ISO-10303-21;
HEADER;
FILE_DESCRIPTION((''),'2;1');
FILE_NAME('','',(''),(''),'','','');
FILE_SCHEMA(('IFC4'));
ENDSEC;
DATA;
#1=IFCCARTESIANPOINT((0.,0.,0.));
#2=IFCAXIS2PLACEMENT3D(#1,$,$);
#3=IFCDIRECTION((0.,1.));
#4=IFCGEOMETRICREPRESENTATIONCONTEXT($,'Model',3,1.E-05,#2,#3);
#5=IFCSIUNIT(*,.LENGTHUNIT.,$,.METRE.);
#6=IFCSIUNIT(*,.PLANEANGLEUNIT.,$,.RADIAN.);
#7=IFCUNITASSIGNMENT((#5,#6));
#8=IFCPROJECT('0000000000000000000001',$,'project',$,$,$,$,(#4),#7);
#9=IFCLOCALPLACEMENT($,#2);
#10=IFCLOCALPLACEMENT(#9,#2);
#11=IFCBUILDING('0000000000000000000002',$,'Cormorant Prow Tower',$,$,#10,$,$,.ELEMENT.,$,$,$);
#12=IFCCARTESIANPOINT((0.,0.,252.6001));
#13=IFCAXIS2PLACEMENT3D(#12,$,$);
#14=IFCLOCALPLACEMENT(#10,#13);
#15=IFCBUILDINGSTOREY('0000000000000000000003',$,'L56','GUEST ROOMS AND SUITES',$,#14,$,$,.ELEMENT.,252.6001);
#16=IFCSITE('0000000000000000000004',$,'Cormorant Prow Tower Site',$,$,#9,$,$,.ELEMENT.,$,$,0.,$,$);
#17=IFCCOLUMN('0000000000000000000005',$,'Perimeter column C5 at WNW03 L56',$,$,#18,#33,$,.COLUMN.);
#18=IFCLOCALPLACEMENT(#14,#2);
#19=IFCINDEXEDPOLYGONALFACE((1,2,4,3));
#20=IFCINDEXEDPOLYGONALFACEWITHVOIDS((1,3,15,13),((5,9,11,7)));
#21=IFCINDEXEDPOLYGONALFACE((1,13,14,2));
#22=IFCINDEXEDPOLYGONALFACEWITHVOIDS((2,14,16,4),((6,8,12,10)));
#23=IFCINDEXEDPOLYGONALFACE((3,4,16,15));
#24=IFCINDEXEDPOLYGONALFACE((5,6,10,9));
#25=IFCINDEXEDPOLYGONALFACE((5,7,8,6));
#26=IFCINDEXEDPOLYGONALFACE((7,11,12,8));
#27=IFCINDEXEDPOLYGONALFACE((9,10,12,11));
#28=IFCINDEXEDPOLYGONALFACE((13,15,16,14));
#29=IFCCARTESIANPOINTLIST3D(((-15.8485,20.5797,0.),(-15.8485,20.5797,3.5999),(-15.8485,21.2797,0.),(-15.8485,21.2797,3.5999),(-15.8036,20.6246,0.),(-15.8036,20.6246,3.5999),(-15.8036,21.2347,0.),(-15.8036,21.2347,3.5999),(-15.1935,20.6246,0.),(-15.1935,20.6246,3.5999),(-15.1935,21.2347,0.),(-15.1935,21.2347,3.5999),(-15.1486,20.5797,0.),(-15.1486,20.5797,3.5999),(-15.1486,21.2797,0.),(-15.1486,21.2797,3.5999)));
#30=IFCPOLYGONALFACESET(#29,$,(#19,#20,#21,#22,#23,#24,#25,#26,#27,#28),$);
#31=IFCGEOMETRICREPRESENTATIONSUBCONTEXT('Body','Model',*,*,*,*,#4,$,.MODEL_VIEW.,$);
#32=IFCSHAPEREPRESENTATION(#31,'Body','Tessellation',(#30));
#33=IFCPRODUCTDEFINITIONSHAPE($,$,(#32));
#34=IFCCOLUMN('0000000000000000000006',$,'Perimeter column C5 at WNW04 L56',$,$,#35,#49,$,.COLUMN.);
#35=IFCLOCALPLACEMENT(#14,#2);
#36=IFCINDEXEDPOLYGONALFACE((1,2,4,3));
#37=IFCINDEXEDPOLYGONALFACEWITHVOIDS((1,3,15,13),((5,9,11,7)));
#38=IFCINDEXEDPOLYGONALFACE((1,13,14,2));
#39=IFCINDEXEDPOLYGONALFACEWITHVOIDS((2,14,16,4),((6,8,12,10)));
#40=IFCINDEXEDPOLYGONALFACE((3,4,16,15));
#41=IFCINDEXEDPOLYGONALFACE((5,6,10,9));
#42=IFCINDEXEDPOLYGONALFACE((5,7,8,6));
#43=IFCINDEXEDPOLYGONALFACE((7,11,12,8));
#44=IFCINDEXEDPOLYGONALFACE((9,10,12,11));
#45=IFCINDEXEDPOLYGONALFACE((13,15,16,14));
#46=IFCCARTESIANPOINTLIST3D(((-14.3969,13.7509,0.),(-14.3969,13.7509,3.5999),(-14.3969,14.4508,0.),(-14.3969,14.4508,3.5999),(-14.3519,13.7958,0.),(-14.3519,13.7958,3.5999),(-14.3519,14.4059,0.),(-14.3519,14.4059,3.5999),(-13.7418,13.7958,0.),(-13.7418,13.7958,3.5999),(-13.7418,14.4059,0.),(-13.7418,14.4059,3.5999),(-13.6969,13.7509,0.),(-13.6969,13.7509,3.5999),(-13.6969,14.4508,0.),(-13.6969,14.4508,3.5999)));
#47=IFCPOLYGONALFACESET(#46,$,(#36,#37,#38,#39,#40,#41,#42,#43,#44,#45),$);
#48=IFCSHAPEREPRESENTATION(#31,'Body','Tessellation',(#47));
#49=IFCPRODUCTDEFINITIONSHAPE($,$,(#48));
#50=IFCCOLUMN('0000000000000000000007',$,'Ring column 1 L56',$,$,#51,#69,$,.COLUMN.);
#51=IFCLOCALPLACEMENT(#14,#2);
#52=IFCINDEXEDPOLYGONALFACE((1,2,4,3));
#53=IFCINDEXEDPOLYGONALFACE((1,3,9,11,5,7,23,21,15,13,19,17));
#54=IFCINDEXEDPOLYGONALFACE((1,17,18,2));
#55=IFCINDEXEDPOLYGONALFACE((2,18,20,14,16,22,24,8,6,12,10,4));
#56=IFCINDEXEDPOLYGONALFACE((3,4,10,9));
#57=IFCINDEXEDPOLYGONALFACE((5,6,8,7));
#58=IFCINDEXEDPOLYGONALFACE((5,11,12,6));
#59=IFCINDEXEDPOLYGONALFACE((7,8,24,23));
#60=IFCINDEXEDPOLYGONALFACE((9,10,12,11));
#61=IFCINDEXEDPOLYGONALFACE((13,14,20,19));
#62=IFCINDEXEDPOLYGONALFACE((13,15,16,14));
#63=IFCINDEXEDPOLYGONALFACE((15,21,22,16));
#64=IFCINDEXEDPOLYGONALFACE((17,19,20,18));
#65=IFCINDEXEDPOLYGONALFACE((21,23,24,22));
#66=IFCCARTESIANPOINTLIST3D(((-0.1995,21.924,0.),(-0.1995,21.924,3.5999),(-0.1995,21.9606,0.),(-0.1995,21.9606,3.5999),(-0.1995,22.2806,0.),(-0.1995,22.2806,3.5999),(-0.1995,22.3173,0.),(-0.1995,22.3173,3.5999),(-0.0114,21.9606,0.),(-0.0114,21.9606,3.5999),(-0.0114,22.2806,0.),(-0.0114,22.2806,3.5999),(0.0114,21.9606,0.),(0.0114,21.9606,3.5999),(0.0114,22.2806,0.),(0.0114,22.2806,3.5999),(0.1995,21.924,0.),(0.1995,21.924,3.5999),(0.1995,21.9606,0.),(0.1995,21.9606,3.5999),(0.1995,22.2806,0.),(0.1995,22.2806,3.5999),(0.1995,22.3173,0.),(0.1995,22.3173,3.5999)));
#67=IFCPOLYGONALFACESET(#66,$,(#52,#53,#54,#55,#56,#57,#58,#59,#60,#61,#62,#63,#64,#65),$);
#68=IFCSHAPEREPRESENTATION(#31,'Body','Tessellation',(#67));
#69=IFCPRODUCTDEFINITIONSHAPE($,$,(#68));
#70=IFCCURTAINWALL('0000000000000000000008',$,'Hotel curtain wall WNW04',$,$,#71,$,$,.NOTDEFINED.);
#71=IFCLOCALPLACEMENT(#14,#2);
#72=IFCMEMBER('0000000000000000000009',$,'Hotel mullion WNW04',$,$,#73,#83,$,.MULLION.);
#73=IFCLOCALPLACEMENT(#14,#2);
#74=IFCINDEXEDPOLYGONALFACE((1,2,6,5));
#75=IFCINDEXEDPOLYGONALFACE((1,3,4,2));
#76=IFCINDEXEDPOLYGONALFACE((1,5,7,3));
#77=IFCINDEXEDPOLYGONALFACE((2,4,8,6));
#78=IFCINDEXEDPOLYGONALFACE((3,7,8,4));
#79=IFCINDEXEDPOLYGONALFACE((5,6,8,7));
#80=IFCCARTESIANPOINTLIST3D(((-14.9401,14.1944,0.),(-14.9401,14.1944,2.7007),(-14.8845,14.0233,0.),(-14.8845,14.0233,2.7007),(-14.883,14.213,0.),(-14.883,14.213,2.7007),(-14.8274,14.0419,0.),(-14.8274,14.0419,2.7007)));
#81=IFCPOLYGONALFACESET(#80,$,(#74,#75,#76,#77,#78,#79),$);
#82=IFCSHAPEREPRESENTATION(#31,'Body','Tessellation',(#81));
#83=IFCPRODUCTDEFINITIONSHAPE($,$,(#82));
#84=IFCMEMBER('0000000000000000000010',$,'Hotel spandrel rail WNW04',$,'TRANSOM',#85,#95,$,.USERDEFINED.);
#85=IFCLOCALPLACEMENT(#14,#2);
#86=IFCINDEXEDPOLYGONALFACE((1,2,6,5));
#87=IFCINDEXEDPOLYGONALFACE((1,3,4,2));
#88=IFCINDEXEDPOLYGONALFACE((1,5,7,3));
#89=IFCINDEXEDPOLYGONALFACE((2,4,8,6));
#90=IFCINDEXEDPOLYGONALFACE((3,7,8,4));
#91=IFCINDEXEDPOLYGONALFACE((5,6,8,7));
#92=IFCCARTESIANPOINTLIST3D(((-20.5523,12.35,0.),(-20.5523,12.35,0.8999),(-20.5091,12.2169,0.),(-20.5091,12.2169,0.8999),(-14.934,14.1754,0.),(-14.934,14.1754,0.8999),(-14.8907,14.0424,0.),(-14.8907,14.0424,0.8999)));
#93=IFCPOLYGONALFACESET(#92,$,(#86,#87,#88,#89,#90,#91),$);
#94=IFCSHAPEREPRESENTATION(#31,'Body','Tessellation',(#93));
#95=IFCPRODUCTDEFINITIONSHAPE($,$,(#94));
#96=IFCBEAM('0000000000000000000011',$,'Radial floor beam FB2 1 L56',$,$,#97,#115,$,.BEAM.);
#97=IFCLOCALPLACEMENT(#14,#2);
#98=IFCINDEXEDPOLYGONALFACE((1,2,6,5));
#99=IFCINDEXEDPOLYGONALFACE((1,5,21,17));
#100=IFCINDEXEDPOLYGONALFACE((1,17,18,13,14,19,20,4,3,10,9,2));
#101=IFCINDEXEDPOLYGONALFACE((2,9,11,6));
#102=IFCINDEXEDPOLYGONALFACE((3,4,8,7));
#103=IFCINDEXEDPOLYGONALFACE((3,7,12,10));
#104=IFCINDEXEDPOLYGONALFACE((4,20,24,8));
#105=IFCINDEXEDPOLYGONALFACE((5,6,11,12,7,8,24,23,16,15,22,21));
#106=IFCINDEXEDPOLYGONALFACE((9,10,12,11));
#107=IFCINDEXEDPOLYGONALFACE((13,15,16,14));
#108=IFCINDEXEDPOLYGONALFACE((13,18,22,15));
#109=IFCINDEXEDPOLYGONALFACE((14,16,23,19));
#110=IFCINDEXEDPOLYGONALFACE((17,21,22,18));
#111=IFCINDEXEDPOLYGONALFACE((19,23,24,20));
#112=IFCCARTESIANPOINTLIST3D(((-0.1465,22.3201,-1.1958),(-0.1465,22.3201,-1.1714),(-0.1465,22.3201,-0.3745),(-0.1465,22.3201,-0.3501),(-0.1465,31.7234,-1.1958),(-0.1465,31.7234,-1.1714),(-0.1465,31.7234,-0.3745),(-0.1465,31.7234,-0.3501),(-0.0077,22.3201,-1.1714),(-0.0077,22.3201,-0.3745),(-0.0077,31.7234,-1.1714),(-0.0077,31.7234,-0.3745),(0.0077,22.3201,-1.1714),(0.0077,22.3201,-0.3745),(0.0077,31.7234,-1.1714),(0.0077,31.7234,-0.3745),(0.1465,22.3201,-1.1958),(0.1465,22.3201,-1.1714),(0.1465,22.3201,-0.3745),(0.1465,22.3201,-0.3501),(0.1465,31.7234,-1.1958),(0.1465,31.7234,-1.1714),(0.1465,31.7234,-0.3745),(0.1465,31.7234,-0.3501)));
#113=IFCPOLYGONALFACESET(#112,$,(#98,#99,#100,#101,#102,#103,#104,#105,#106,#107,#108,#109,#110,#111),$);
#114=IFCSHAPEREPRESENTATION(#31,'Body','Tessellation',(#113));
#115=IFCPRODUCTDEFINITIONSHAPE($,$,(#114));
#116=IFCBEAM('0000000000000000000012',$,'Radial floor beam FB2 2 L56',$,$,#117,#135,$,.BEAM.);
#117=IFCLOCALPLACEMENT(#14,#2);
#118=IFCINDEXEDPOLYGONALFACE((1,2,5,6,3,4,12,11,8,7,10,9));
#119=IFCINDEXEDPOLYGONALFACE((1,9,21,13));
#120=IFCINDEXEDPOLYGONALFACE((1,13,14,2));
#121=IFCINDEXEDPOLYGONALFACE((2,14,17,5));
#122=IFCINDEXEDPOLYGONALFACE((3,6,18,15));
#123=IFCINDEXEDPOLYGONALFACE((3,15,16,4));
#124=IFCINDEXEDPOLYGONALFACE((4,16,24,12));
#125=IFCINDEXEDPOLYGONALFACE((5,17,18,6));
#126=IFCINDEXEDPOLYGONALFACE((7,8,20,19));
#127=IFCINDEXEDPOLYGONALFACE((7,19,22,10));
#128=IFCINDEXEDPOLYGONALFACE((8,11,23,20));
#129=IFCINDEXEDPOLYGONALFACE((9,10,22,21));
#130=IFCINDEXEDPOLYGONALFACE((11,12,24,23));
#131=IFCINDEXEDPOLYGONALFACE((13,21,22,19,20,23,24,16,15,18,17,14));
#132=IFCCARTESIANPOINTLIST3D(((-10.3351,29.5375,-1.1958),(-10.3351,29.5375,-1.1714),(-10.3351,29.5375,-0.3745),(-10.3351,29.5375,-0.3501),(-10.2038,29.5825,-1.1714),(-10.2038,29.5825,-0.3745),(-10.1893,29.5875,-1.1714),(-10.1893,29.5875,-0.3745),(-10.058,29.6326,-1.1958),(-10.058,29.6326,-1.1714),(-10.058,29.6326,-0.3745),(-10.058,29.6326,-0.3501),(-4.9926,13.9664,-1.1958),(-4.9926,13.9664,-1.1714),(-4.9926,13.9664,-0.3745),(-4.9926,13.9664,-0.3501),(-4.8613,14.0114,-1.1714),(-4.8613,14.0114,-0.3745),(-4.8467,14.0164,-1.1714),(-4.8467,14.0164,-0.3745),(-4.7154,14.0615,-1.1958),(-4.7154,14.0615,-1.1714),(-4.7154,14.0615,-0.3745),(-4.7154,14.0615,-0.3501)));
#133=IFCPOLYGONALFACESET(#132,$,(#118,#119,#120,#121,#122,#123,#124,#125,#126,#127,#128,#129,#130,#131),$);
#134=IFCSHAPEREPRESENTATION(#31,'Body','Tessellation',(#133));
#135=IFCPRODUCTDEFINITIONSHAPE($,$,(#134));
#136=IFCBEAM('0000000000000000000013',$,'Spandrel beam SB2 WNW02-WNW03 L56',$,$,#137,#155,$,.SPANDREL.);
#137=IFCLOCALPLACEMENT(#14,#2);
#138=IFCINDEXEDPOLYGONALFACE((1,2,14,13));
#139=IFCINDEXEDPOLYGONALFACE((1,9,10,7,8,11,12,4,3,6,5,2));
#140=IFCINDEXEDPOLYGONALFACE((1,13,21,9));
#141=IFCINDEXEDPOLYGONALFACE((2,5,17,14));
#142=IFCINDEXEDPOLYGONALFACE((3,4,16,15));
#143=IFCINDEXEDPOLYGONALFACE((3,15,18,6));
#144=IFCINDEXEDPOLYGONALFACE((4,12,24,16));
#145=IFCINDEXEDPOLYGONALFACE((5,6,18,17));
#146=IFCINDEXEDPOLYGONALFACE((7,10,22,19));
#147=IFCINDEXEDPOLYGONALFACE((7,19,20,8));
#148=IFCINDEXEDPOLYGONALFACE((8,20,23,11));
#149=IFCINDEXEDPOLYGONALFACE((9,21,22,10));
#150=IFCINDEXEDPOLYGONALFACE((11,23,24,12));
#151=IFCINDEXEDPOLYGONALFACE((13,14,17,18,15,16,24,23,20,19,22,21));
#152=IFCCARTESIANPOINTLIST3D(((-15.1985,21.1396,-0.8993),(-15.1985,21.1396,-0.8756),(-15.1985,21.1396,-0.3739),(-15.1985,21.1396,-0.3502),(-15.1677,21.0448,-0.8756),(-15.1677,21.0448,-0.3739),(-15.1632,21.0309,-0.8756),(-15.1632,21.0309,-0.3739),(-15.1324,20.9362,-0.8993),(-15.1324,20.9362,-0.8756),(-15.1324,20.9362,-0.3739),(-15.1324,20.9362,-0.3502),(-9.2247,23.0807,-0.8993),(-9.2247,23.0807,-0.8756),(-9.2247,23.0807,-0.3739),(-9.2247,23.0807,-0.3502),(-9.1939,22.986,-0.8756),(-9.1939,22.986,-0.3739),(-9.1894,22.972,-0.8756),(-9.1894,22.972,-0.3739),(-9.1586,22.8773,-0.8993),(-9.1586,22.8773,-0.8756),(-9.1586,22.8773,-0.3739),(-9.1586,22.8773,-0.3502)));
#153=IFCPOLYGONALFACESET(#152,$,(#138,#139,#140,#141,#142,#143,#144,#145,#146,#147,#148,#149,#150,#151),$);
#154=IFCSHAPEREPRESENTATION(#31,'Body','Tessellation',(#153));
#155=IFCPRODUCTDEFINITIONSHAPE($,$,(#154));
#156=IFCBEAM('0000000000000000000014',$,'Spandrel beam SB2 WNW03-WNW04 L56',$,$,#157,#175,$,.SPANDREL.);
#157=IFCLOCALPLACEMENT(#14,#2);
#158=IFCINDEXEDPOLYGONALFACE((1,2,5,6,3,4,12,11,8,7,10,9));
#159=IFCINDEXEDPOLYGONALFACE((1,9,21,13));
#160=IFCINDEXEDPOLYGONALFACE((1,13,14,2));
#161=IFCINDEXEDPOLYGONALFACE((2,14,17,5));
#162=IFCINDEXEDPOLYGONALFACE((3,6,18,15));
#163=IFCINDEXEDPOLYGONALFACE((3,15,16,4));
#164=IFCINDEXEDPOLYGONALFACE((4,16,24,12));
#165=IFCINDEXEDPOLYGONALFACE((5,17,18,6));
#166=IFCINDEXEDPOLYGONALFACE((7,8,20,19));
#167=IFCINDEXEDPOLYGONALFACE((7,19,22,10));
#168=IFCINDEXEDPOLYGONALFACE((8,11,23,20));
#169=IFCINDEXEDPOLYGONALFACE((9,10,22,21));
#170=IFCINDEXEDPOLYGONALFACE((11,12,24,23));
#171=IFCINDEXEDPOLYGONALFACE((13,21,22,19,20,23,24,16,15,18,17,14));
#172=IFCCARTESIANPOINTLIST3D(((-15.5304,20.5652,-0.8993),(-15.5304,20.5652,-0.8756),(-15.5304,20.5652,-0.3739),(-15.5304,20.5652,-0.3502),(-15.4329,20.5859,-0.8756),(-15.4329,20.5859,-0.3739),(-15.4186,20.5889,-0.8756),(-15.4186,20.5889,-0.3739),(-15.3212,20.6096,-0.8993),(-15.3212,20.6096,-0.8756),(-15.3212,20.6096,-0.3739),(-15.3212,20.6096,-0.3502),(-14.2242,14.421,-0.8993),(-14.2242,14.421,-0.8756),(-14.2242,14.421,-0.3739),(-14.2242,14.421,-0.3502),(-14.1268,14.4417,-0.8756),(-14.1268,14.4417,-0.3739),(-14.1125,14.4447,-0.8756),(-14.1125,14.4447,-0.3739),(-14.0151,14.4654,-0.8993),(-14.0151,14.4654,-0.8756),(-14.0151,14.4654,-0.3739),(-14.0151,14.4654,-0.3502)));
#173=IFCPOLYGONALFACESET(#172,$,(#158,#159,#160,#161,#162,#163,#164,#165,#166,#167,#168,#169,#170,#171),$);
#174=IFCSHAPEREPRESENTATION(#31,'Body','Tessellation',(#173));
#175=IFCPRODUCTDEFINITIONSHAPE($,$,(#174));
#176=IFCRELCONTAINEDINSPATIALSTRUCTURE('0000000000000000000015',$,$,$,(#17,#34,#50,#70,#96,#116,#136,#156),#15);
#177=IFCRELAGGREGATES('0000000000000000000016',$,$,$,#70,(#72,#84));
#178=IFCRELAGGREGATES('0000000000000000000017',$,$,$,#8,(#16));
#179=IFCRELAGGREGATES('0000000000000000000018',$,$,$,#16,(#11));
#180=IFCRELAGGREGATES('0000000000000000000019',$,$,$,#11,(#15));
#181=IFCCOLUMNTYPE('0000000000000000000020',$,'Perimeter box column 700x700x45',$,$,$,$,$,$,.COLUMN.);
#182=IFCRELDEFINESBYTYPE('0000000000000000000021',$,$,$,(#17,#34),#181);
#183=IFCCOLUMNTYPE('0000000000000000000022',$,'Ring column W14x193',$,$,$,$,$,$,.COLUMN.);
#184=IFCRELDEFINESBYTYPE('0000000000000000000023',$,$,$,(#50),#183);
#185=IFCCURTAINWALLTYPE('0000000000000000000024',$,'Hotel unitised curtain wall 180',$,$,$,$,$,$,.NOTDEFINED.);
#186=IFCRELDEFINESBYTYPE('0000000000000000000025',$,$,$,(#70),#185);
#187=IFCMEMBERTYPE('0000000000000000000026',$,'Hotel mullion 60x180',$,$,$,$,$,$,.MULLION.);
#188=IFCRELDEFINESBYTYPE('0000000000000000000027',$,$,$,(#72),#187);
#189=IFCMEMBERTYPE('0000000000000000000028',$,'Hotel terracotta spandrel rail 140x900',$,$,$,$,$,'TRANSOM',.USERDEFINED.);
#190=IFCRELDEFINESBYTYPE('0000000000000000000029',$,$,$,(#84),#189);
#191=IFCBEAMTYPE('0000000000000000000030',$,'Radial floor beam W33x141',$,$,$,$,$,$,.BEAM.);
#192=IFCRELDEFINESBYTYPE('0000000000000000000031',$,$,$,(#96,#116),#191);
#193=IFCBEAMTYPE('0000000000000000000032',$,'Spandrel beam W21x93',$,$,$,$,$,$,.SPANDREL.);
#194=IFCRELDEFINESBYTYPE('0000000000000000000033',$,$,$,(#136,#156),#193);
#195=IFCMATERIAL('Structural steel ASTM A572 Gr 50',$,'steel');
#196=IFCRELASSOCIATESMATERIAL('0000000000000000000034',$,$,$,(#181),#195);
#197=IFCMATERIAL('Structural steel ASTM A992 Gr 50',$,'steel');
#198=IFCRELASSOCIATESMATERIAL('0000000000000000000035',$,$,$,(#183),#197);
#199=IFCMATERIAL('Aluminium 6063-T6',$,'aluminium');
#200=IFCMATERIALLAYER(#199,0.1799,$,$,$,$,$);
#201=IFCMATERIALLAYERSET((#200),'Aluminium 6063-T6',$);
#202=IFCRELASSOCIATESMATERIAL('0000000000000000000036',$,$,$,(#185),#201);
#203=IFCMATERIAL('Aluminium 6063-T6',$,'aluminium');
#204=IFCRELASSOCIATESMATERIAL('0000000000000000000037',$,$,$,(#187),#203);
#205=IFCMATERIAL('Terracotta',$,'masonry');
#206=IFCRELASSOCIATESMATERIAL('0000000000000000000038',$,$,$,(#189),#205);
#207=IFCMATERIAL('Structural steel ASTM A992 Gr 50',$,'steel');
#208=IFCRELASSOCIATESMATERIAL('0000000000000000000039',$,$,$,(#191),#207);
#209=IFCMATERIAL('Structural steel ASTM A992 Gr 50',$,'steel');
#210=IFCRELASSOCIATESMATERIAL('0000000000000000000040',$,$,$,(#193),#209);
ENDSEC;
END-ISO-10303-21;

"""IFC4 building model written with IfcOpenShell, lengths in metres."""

from ifc_helpers import new_model, si_unit, direction, frame, origin, origin_2d, place, context, subcontext, project, spatial, rectangle, hollow_rectangle, i_section, extrude, material, layer, layer_set, material_profile, profile_set, type_object, element, aggregate, save


model = new_model("IFC4")

# Units and contexts
model_context = context("Model", 3, precision=1e-05, world=origin(), true_north=direction((0.0, 1.0)))
body_context = subcontext(model_context, "Body", "Model", "MODEL_VIEW")
ifc_project = project(units=[si_unit("LENGTHUNIT", "METRE"), si_unit("PLANEANGLEUNIT", "RADIAN")], contexts=[model_context])

# Site, building, storey
site_placement = place(None, origin())
site = spatial("IfcSite", under=ifc_project, at=site_placement, Name="Cormorant Prow Tower Site", CompositionType="ELEMENT", RefElevation=0.0)
building_placement = place(site_placement, origin())
building = spatial("IfcBuilding", under=site, at=building_placement, Name="Cormorant Prow Tower", CompositionType="ELEMENT")
storey_placement = place(building_placement, frame((0.0, 0.0, 252.6001)))
storey = spatial("IfcBuildingStorey", under=building, at=storey_placement, Name="L56", Description="GUEST ROOMS AND SUITES", CompositionType="ELEMENT", Elevation=252.6001)

# Columns
ifc_material_1 = material(Name="Structural steel ASTM A572 Gr 50", Category="steel")
ifc_material_profile_1 = material_profile(ifc_material_1, hollow_rectangle(XDim=0.7, YDim=0.7, WallThickness=0.0449, at=origin_2d()), Name="Box 700x700x45")
ifc_profile_set_1 = profile_set([ifc_material_profile_1], Name="Structural steel ASTM A572 Gr 50")
column_type_1 = type_object("IfcColumnType", Name="Perimeter box column 700x700x45", PredefinedType="COLUMN", material=ifc_profile_set_1)
for number, where, z_axis, x_axis, name in (
    (1, (-15.4985, 20.9297, 0.0), (0.0, 0.0, 1.0), (1.0, 0.0, 0.0), "Perimeter column C5 at WNW03 L56"),
    (2, (-14.0469, 14.1008, 0.0), (0.0, 0.0, 1.0), (1.0, 0.0, 0.0), "Perimeter column C5 at WNW04 L56"),
):
    element("IfcColumn", number, at=place(storey_placement, frame(where, z_axis=z_axis, x_axis=x_axis)), inside=storey, type_object=column_type_1, Name=name, PredefinedType="COLUMN", context=body_context, shape_type="SweptSolid", body=[
        extrude(hollow_rectangle(XDim=0.7, YDim=0.7, WallThickness=0.0449, at=origin_2d()), origin(), (0.0, 0.0, 1.0), 3.5999),
    ])
ifc_material_2 = material(Name="Structural steel ASTM A992 Gr 50", Category="steel")
ifc_material_profile_2 = material_profile(ifc_material_2, i_section(OverallWidth=0.3989, OverallDepth=0.3933, WebThickness=0.0227, FlangeThickness=0.0366, at=origin_2d()), Name="W14x193")
ifc_profile_set_2 = profile_set([ifc_material_profile_2], Name="Structural steel ASTM A992 Gr 50")
column_type_2 = type_object("IfcColumnType", Name="Ring column W14x193", PredefinedType="COLUMN", material=ifc_profile_set_2)
column_placement = place(storey_placement, frame((0.0, 22.1206, 0.0), z_axis=(0.0, 0.0, 1.0), x_axis=(1.0, 0.0, 0.0)))
element("IfcColumn", 3, at=column_placement, inside=storey, type_object=column_type_2, Name="Ring column 1 L56", PredefinedType="COLUMN", context=body_context, shape_type="SweptSolid", body=[
    extrude(i_section(OverallWidth=0.3989, OverallDepth=0.3933, WebThickness=0.0227, FlangeThickness=0.0366, at=origin_2d()), origin(), (0.0, 0.0, 1.0), 3.5999),
])

# Curtain wall, members
ifc_material_3 = material(Name="Aluminium 6063-T6", Category="aluminium")
ifc_layer_1 = layer(ifc_material_3, 0.1799)
ifc_layer_set_1 = layer_set([ifc_layer_1], Name="Aluminium 6063-T6")
curtain_wall_type = type_object("IfcCurtainWallType", Name="Hotel unitised curtain wall 180", PredefinedType="NOTDEFINED", material=ifc_layer_set_1)
curtain_wall_1_placement = place(storey_placement, origin())
curtain_wall_1 = element("IfcCurtainWall", 4, at=curtain_wall_1_placement, inside=storey, type_object=curtain_wall_type, Name="Hotel curtain wall WNW04", PredefinedType="NOTDEFINED")
ifc_material_4 = material(Name="Aluminium 6063-T6", Category="aluminium")
ifc_material_profile_3 = material_profile(ifc_material_4, rectangle(XDim=0.1799, YDim=0.0601, at=origin_2d()), Name="Hotel mullion 60x180")
ifc_profile_set_3 = profile_set([ifc_material_profile_3], Name="Aluminium 6063-T6")
member_type_1 = type_object("IfcMemberType", Name="Hotel mullion 60x180", PredefinedType="MULLION", material=ifc_profile_set_3)
member_1_placement = place(storey_placement, frame((-14.8838, 14.1182, 0.0), z_axis=(0.0, 0.0, 1.0), x_axis=(0.309017, -0.951056, 0.0)))
member_1 = element("IfcMember", 5, at=member_1_placement, type_object=member_type_1, Name="Hotel mullion WNW04", PredefinedType="MULLION", context=body_context, shape_type="SweptSolid", body=[
    extrude(rectangle(XDim=0.1799, YDim=0.0601, at=origin_2d()), origin(), (0.0, 0.0, 1.0), 2.7007),
])
ifc_material_5 = material(Name="Terracotta", Category="masonry")
ifc_material_profile_4 = material_profile(ifc_material_5, rectangle(XDim=0.1399, YDim=0.8999, at=origin_2d()), Name="Hotel terracotta spandrel rail 140x900")
ifc_profile_set_4 = profile_set([ifc_material_profile_4], Name="Terracotta")
member_type_2 = type_object("IfcMemberType", Name="Hotel terracotta spandrel rail 140x900", ElementType="TRANSOM", PredefinedType="USERDEFINED", material=ifc_profile_set_4)
member_2_placement = place(storey_placement, frame((-14.9124, 14.1089, 0.45), z_axis=(-0.951061, -0.309003, 0.0), x_axis=(0.309003, -0.951061, 0.0)))
member_2 = element("IfcMember", 6, at=member_2_placement, type_object=member_type_2, Name="Hotel spandrel rail WNW04", ObjectType="TRANSOM", PredefinedType="USERDEFINED", context=body_context, shape_type="SweptSolid", body=[
    extrude(rectangle(XDim=0.1399, YDim=0.8999, at=origin_2d()), origin(), (0.0, 0.0, 1.0), 5.9075),
])
aggregate(curtain_wall_1, [member_1, member_2])

# Beams
ifc_material_6 = material(Name="Structural steel ASTM A992 Gr 50", Category="steel")
ifc_material_profile_5 = material_profile(ifc_material_6, i_section(OverallWidth=0.293, OverallDepth=0.8457, WebThickness=0.0154, FlangeThickness=0.0244, at=origin_2d()), Name="W33x141")
ifc_profile_set_5 = profile_set([ifc_material_profile_5], Name="Structural steel ASTM A992 Gr 50")
beam_type_1 = type_object("IfcBeamType", Name="Radial floor beam W33x141", PredefinedType="BEAM", material=ifc_profile_set_5)
beam_1_placement = place(storey_placement, frame((0.0, 22.3201, -0.7729), z_axis=(0.0, 1.0, 0.0), x_axis=(-1.0, 0.0, 0.0)))
element("IfcBeam", 7, at=beam_1_placement, inside=storey, type_object=beam_type_1, Name="Radial floor beam FB2 1 L56", PredefinedType="BEAM", context=body_context, shape_type="SweptSolid", body=[
    extrude(i_section(OverallWidth=0.293, OverallDepth=0.8457, WebThickness=0.0154, FlangeThickness=0.0244, at=origin_2d()), origin(), (0.0, 0.0, 1.0), 9.4033),
])
beam_2_placement = place(storey_placement, frame((-4.854, 14.0139, -0.7729), z_axis=(-0.324536, 0.945874, 0.0), x_axis=(-0.945874, -0.324536, 0.0)))
element("IfcBeam", 8, at=beam_2_placement, inside=storey, type_object=beam_type_1, Name="Radial floor beam FB2 2 L56", PredefinedType="BEAM", context=body_context, shape_type="SweptSolid", body=[
    extrude(i_section(OverallWidth=0.293, OverallDepth=0.8457, WebThickness=0.0154, FlangeThickness=0.0244, at=origin_2d()), origin(), (0.0, 0.0, 1.0), 16.4622),
])
ifc_material_7 = material(Name="Structural steel ASTM A992 Gr 50", Category="steel")
ifc_material_profile_6 = material_profile(ifc_material_7, i_section(OverallWidth=0.2139, OverallDepth=0.5491, WebThickness=0.0146, FlangeThickness=0.0237, at=origin_2d()), Name="W21x93")
ifc_profile_set_6 = profile_set([ifc_material_profile_6], Name="Structural steel ASTM A992 Gr 50")
beam_type_2 = type_object("IfcBeamType", Name="Spandrel beam W21x93", PredefinedType="SPANDREL", material=ifc_profile_set_6)
beam_3_placement = place(storey_placement, frame((-9.1917, 22.979, -0.6248), z_axis=(-0.95105, -0.309036, 0.0), x_axis=(0.309036, -0.95105, 0.0)))
element("IfcBeam", 9, at=beam_3_placement, inside=storey, type_object=beam_type_2, Name="Spandrel beam SB2 WNW02-WNW03 L56", PredefinedType="SPANDREL", context=body_context, shape_type="SweptSolid", body=[
    extrude(i_section(OverallWidth=0.2139, OverallDepth=0.5491, WebThickness=0.0146, FlangeThickness=0.0237, at=origin_2d()), origin(), (0.0, 0.0, 1.0), 6.2812),
])
beam_4_placement = place(storey_placement, frame((-15.4258, 20.5874, -0.6248), z_axis=(0.207934, -0.978143, 0.0), x_axis=(0.978143, 0.207934, 0.0)))
element("IfcBeam", 10, at=beam_4_placement, inside=storey, type_object=beam_type_2, Name="Spandrel beam SB2 WNW03-WNW04 L56", PredefinedType="SPANDREL", context=body_context, shape_type="SweptSolid", body=[
    extrude(i_section(OverallWidth=0.2139, OverallDepth=0.5491, WebThickness=0.0146, FlangeThickness=0.0237, at=origin_2d()), origin(), (0.0, 0.0, 1.0), 6.2815),
])

save(model, "model.ifc")
